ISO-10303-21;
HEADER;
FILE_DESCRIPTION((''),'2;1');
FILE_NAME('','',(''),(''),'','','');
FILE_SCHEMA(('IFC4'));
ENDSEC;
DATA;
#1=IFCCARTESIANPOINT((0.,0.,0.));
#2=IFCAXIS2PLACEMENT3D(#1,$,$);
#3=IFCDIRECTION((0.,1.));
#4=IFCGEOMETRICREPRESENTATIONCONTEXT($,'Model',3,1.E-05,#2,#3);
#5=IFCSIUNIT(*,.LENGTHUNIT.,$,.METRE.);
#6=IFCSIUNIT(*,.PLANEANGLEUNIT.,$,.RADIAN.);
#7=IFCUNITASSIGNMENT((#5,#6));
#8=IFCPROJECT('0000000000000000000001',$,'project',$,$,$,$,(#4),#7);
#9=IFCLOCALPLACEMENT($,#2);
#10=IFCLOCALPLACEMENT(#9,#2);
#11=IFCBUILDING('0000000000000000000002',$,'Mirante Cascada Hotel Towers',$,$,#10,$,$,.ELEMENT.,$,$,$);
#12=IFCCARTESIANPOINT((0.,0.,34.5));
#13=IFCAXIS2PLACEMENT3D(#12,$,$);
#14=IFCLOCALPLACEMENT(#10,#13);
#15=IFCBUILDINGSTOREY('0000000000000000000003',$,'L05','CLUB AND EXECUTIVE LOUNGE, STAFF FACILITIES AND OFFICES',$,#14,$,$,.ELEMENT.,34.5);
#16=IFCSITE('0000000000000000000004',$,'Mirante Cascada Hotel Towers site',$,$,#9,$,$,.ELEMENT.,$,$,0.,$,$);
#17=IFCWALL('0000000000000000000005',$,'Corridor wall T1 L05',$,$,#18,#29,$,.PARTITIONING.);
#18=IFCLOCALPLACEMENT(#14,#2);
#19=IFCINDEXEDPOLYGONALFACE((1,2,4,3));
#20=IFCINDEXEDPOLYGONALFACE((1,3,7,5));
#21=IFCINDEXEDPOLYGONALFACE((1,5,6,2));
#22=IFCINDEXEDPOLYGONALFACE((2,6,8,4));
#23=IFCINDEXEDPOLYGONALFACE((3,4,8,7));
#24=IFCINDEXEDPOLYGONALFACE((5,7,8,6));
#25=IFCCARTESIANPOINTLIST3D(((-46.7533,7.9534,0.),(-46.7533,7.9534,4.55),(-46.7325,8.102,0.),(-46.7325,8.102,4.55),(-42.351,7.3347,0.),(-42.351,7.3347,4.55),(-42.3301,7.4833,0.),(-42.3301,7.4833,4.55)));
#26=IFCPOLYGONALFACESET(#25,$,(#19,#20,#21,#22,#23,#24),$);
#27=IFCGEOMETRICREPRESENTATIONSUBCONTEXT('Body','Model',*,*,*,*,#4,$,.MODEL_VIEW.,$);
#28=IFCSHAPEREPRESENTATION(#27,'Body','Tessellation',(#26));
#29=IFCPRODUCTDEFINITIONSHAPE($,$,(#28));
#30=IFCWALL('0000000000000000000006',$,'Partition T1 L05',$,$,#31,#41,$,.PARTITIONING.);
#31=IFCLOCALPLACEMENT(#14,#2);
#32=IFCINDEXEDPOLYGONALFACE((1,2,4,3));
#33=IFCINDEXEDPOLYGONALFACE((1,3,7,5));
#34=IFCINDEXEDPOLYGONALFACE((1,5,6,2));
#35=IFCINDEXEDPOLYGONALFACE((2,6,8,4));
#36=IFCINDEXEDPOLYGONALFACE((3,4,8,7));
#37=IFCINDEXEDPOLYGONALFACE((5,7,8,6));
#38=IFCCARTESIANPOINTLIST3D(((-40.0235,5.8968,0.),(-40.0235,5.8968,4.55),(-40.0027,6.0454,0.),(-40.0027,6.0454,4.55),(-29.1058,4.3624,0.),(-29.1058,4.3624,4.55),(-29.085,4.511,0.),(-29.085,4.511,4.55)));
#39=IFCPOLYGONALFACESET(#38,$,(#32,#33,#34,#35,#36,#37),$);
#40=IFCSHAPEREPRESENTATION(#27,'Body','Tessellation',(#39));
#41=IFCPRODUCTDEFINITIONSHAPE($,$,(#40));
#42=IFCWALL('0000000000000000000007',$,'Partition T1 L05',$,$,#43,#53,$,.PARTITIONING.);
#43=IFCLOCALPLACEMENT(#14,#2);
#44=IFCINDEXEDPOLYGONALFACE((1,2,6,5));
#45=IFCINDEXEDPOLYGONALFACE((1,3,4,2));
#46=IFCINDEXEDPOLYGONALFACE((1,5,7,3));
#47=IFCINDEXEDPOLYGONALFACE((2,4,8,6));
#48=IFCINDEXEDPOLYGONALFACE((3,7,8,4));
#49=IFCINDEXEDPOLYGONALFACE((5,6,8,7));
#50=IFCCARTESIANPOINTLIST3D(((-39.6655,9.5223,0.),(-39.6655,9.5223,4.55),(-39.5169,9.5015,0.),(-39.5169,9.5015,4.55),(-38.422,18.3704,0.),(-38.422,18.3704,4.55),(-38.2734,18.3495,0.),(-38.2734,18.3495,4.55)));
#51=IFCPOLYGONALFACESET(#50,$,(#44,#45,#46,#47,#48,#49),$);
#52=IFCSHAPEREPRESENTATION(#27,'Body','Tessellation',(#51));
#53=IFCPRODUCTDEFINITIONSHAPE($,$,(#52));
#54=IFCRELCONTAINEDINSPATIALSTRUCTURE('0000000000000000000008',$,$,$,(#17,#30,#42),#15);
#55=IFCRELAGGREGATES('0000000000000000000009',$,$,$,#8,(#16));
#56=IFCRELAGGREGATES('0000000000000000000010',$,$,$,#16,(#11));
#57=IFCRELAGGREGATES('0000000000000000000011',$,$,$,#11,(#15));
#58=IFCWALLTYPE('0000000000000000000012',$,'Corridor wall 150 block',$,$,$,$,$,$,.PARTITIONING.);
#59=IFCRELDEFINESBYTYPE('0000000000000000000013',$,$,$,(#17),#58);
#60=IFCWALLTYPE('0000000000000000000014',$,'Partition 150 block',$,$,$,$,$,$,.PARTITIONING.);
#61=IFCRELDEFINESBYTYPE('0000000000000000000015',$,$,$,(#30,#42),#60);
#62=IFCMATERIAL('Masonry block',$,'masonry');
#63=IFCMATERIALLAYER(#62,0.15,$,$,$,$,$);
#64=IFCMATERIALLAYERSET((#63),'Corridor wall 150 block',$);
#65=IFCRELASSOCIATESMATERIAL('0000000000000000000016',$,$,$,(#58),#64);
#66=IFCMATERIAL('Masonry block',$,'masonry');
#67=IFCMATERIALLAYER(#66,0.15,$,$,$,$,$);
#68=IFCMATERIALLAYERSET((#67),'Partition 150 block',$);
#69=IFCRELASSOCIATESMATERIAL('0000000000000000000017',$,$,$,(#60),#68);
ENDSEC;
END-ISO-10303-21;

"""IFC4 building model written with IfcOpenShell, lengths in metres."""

from ifc_helpers import new_model, si_unit, direction, frame, frame_2d, origin, place, context, subcontext, project, spatial, rectangle, extrude, material, layer, layer_set, type_object, element, save


model = new_model("IFC4")

# Units and contexts
model_context = context("Model", 3, precision=1e-05, world=origin(), true_north=direction((0.0, 1.0)))
body_context = subcontext(model_context, "Body", "Model", "MODEL_VIEW")
ifc_project = project(units=[si_unit("LENGTHUNIT", "METRE"), si_unit("PLANEANGLEUNIT", "RADIAN")], contexts=[model_context])

# Site, building, storey
site_placement = place(None, origin())
site = spatial("IfcSite", under=ifc_project, at=site_placement, Name="Mirante Cascada Hotel Towers site", CompositionType="ELEMENT", RefElevation=0.0)
building_placement = place(site_placement, origin())
building = spatial("IfcBuilding", under=site, at=building_placement, Name="Mirante Cascada Hotel Towers", CompositionType="ELEMENT")
storey_placement = place(building_placement, frame((0.0, 0.0, 34.5)))
storey = spatial("IfcBuildingStorey", under=building, at=storey_placement, Name="L05", Description="CLUB AND EXECUTIVE LOUNGE, STAFF FACILITIES AND OFFICES", CompositionType="ELEMENT", Elevation=34.5)

# Walls
ifc_material_1 = material(Name="Masonry block", Category="masonry")
ifc_layer_1 = layer(ifc_material_1, 0.15)
ifc_layer_set_1 = layer_set([ifc_layer_1], Name="Corridor wall 150 block")
wall_type_1 = type_object("IfcWallType", Name="Corridor wall 150 block", PredefinedType="PARTITIONING", material=ifc_layer_set_1)
wall_1_placement = place(storey_placement, frame((-46.7429, 8.0277, 0.0), z_axis=(0.0, 0.0, 1.0), x_axis=(0.990268, -0.139173, 0.0)))
element("IfcWall", 1, at=wall_1_placement, inside=storey, type_object=wall_type_1, Name="Corridor wall T1 L05", PredefinedType="PARTITIONING", context=body_context, shape_type="SweptSolid", body=[
    extrude(rectangle(XDim=4.4456, YDim=0.15, at=frame_2d((2.2228, 0.0))), origin(), (0.0, 0.0, 1.0), 4.55),
])
ifc_material_2 = material(Name="Masonry block", Category="masonry")
ifc_layer_2 = layer(ifc_material_2, 0.15)
ifc_layer_set_2 = layer_set([ifc_layer_2], Name="Partition 150 block")
wall_type_2 = type_object("IfcWallType", Name="Partition 150 block", PredefinedType="PARTITIONING", material=ifc_layer_set_2)
wall_2_placement = place(storey_placement, frame((-40.0131, 5.9711, 0.0), z_axis=(0.0, 0.0, 1.0), x_axis=(0.990268, -0.139175, 0.0)))
element("IfcWall", 2, at=wall_2_placement, inside=storey, type_object=wall_type_2, Name="Partition T1 L05", PredefinedType="PARTITIONING", context=body_context, shape_type="SweptSolid", body=[
    extrude(rectangle(XDim=11.025, YDim=0.15, at=frame_2d((5.5125, 0.0))), origin(), (0.0, 0.0, 1.0), 4.55),
])
wall_3_placement = place(storey_placement, frame((-39.5912, 9.5119, 0.0), z_axis=(0.0, 0.0, 1.0), x_axis=(0.139173, 0.990268, 0.0)))
element("IfcWall", 3, at=wall_3_placement, inside=storey, type_object=wall_type_2, Name="Partition T1 L05", PredefinedType="PARTITIONING", context=body_context, shape_type="SweptSolid", body=[
    extrude(rectangle(XDim=8.935, YDim=0.15, at=frame_2d((4.4675, 0.0))), origin(), (0.0, 0.0, 1.0), 4.55),
])

save(model, "model.ifc")
